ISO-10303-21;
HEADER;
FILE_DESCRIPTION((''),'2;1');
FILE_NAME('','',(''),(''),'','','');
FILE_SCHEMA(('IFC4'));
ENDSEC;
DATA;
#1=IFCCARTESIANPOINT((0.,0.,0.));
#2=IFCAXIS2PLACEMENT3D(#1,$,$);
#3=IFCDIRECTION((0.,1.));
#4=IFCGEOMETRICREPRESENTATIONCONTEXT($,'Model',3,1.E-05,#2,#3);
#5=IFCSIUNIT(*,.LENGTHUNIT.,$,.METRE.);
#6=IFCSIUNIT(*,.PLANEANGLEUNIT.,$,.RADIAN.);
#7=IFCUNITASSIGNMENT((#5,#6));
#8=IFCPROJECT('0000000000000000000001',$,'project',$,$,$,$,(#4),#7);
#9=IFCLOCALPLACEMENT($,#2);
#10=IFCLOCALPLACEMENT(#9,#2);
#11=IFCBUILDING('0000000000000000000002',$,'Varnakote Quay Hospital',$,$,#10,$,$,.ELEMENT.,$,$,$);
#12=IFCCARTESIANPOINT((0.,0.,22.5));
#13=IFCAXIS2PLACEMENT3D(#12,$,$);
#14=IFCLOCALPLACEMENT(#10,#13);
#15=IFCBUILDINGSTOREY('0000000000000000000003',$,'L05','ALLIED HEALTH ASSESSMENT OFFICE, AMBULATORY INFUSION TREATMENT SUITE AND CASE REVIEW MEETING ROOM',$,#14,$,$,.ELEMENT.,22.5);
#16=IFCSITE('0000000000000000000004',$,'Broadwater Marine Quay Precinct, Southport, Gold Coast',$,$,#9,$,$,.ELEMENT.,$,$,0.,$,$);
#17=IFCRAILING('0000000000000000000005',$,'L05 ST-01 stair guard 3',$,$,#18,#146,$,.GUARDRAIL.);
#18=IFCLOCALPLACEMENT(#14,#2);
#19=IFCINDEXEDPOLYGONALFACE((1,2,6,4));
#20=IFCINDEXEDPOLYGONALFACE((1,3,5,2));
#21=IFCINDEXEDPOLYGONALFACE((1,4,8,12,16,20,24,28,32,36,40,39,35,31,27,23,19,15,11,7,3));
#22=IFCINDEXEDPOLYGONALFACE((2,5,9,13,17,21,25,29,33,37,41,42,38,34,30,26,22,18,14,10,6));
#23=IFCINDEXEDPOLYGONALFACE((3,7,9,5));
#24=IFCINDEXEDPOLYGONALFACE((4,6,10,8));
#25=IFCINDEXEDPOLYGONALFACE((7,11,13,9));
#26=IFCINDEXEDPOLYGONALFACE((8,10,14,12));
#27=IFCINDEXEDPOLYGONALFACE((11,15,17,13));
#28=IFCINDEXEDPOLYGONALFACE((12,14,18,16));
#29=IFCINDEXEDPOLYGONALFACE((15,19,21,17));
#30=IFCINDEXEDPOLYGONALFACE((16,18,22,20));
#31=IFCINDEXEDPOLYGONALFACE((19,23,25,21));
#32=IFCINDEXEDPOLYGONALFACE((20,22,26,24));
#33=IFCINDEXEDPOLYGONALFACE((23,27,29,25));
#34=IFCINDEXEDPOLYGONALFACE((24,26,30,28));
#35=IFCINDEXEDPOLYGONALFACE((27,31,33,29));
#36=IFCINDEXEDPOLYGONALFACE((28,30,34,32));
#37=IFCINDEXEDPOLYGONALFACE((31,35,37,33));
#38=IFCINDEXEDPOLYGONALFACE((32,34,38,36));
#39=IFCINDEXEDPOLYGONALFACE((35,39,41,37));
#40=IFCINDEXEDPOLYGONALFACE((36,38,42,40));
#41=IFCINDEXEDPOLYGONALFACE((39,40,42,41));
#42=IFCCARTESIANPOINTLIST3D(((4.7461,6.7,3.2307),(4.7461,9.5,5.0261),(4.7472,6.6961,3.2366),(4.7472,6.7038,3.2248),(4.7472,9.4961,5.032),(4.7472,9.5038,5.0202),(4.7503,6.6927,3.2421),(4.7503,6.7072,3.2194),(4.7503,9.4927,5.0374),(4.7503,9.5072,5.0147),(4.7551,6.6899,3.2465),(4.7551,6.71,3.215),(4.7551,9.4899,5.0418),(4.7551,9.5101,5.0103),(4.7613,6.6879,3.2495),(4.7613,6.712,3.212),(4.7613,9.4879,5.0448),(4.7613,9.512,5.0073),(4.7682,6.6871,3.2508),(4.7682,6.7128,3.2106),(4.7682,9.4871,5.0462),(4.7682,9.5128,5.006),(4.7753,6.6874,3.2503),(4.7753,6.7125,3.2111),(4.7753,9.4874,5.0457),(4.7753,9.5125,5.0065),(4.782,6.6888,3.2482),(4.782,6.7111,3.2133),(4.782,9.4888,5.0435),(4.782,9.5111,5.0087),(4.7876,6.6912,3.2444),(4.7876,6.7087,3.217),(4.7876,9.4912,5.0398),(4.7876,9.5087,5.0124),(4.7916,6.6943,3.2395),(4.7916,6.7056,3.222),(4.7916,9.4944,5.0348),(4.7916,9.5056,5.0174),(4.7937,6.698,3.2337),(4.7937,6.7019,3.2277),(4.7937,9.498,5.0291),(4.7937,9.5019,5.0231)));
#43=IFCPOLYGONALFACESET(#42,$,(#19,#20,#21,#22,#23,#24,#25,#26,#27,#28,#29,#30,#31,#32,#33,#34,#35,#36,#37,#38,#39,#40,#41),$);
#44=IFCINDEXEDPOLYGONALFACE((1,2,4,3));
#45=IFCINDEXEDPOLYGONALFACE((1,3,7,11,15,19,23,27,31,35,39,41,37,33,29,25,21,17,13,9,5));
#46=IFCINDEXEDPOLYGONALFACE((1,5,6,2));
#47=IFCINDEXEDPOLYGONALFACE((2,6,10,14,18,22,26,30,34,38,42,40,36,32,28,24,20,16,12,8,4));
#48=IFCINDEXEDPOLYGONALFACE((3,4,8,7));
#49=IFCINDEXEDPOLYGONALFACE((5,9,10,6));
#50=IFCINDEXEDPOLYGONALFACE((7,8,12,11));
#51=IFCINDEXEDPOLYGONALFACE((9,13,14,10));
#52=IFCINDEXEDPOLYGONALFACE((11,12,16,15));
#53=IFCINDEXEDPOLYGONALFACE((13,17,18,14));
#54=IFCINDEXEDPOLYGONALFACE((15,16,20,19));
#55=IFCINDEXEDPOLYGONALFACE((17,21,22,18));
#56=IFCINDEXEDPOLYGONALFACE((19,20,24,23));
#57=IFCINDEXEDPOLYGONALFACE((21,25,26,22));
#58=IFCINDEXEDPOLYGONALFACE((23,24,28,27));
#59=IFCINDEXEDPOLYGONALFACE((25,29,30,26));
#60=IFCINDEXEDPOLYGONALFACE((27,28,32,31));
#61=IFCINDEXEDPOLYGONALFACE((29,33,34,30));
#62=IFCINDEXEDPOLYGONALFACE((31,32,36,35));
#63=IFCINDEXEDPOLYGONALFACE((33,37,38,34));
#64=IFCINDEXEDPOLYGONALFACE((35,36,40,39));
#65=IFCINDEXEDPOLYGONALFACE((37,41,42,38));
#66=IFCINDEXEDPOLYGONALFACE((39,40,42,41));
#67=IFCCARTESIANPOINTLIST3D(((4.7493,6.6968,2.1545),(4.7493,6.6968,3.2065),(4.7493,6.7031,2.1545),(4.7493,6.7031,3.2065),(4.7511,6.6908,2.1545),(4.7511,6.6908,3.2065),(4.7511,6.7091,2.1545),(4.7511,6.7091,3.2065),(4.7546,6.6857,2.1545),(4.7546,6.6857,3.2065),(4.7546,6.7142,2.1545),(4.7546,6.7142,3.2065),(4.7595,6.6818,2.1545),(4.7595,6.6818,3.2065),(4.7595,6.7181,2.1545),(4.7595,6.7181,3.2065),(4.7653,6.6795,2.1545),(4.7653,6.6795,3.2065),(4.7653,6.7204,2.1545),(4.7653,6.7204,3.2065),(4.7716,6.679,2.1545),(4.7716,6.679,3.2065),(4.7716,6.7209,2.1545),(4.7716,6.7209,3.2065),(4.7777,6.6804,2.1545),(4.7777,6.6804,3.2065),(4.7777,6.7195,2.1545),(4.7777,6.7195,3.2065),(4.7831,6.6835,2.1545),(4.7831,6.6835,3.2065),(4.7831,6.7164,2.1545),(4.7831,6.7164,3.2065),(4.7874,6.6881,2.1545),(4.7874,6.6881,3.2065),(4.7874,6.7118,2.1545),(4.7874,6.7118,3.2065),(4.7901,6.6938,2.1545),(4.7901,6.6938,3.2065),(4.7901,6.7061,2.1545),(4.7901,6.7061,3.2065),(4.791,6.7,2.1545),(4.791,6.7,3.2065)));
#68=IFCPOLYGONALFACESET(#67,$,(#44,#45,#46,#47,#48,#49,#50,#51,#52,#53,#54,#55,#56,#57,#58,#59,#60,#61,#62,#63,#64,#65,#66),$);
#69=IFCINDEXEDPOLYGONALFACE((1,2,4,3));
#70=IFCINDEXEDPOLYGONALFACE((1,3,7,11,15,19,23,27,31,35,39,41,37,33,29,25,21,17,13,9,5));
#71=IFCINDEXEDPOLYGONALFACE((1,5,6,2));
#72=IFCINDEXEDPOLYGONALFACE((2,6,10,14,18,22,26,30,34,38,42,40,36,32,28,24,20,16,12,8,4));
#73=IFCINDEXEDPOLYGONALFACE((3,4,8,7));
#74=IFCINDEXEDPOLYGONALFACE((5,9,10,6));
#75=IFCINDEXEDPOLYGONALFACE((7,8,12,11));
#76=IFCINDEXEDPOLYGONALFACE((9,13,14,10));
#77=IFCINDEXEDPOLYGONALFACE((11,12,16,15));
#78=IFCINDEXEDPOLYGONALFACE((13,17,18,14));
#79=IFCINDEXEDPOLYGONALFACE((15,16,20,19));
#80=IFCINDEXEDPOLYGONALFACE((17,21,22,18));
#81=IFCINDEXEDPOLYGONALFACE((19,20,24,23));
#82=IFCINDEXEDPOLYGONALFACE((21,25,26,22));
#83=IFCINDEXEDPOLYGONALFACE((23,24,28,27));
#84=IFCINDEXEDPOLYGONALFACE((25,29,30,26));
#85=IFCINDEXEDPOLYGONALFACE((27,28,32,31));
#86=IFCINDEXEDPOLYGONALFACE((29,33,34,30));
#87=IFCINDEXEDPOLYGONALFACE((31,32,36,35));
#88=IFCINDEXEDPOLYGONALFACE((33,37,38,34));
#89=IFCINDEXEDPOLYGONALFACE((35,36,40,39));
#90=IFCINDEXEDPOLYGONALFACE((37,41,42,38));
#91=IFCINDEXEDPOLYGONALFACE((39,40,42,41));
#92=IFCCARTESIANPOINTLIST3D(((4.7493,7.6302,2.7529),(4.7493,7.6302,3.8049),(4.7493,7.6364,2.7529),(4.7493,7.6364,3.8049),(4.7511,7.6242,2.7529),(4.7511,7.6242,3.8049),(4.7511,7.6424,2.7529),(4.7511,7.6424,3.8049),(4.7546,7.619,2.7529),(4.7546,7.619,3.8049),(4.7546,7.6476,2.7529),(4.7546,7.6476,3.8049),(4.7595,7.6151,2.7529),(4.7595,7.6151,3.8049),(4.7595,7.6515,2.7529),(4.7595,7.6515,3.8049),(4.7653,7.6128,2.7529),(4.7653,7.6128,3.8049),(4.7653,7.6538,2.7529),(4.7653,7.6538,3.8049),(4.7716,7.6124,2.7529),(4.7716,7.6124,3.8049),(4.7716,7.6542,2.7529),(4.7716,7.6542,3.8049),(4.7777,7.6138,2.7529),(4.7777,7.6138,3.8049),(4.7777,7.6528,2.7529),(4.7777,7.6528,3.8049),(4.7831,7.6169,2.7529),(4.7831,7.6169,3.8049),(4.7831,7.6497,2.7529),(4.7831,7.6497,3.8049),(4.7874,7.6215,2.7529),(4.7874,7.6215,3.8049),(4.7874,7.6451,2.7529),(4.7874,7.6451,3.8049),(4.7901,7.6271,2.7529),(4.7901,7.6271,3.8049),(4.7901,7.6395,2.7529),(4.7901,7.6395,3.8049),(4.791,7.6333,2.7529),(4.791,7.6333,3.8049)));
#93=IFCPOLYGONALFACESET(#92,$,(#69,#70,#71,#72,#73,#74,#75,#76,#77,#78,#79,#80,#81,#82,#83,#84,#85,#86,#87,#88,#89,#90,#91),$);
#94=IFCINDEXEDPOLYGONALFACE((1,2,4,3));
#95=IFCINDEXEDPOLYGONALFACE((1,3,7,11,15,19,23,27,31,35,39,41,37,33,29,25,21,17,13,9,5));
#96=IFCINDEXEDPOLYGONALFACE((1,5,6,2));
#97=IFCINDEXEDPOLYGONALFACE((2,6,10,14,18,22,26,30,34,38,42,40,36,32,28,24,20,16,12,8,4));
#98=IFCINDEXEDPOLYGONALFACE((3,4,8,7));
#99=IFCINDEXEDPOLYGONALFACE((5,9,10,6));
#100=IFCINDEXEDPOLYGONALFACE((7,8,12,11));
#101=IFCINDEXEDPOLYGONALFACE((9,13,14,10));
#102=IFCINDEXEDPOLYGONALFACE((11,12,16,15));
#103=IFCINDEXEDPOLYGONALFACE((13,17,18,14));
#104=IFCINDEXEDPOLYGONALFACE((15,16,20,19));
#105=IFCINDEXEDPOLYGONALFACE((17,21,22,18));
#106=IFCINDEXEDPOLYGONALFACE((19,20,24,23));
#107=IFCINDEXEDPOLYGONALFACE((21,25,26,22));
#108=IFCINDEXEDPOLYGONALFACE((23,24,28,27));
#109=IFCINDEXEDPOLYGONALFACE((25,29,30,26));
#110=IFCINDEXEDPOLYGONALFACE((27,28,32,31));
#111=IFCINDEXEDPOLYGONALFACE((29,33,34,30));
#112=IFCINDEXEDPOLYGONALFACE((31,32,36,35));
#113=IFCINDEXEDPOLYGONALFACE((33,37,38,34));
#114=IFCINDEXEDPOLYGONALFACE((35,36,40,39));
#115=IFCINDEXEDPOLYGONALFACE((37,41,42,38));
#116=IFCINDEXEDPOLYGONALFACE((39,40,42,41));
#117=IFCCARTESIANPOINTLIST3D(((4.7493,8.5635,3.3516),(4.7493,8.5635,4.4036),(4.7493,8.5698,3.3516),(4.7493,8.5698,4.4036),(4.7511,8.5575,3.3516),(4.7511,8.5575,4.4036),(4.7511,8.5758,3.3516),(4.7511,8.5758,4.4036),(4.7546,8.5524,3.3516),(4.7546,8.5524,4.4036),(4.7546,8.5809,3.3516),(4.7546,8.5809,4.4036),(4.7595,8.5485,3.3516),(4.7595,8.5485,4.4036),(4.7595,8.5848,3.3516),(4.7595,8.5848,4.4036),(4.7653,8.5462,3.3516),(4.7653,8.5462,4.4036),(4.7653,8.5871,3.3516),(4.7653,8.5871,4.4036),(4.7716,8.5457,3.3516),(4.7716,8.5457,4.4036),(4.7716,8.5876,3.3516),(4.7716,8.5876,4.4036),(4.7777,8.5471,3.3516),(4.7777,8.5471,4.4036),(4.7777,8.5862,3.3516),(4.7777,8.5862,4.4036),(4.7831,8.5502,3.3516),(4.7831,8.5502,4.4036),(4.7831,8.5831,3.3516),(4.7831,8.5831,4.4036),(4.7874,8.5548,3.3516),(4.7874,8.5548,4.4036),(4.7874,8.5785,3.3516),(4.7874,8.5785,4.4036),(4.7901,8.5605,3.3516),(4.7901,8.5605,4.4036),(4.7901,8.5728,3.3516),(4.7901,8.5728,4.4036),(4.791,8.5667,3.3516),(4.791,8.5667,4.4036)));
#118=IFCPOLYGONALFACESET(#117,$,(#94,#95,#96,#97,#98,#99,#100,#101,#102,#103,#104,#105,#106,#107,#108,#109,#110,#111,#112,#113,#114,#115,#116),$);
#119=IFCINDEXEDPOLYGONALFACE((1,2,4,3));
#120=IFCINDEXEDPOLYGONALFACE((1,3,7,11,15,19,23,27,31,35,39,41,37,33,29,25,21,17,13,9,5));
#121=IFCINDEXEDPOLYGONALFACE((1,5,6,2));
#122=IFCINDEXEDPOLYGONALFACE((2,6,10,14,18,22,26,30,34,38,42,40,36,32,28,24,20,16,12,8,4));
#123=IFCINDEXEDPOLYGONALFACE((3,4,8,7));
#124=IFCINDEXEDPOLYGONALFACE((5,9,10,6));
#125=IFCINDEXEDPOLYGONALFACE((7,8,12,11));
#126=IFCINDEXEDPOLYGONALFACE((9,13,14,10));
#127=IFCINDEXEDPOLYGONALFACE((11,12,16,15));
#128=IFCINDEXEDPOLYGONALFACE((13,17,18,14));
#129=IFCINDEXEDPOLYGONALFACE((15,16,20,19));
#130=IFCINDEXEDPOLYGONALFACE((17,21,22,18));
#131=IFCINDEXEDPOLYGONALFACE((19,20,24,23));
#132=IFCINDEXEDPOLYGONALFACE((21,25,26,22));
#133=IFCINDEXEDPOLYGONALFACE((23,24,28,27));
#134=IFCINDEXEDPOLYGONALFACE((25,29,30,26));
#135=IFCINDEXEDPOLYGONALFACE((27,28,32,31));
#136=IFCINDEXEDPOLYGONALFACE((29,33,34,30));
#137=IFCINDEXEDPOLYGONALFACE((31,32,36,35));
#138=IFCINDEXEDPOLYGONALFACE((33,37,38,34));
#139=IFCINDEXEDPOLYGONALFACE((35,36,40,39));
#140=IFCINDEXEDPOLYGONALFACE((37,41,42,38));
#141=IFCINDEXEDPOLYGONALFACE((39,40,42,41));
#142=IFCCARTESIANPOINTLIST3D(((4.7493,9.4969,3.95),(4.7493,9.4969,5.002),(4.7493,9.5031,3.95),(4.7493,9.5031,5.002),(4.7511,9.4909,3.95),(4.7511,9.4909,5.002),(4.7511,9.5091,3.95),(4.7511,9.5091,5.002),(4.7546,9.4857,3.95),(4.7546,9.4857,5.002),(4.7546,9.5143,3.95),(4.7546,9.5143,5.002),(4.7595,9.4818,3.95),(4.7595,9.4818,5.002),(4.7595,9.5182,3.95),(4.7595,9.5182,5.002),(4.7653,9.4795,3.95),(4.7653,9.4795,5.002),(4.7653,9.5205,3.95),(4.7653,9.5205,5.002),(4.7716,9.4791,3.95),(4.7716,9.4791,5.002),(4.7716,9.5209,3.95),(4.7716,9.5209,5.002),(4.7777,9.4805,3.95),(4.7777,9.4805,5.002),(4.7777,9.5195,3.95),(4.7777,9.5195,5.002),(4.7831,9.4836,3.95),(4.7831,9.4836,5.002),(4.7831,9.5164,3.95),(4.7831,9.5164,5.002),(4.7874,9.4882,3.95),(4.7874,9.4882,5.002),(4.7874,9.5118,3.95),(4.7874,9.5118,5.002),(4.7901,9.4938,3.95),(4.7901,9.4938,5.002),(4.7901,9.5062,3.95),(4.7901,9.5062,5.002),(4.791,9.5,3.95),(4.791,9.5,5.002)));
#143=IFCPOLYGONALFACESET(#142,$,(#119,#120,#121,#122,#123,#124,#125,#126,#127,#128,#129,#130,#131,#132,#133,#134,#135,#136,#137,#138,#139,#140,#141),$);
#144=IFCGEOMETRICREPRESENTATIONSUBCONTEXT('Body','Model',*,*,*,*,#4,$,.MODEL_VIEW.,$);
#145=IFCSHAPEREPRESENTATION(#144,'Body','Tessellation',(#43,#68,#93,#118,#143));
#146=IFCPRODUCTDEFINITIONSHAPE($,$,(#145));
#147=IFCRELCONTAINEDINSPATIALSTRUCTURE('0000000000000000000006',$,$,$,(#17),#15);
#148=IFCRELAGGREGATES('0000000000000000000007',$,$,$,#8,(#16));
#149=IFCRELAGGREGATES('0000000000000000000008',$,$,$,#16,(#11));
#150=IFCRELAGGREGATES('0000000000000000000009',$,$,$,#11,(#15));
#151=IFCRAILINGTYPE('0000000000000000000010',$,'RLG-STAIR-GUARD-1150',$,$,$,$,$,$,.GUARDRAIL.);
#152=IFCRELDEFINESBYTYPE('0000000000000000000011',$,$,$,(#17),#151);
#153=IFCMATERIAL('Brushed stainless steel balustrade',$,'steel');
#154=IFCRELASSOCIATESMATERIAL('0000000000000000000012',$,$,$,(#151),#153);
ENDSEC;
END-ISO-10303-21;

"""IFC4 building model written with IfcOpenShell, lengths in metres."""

from ifc_helpers import new_model, si_unit, direction, frame, origin, origin_2d, place, context, subcontext, project, spatial, circle, extrude, material, type_object, element, save


model = new_model("IFC4")

# Units and contexts
model_context = context("Model", 3, precision=1e-05, world=origin(), true_north=direction((0.0, 1.0)))
body_context = subcontext(model_context, "Body", "Model", "MODEL_VIEW")
ifc_project = project(units=[si_unit("LENGTHUNIT", "METRE"), si_unit("PLANEANGLEUNIT", "RADIAN")], contexts=[model_context])

# Site, building, storey
site_placement = place(None, origin())
site = spatial("IfcSite", under=ifc_project, at=site_placement, Name="Broadwater Marine Quay Precinct, Southport, Gold Coast", CompositionType="ELEMENT", RefElevation=0.0)
building_placement = place(site_placement, origin())
building = spatial("IfcBuilding", under=site, at=building_placement, Name="Varnakote Quay Hospital", CompositionType="ELEMENT")
storey_placement = place(building_placement, frame((0.0, 0.0, 22.5)))
storey = spatial("IfcBuildingStorey", under=building, at=storey_placement, Name="L05", Description="ALLIED HEALTH ASSESSMENT OFFICE, AMBULATORY INFUSION TREATMENT SUITE AND CASE REVIEW MEETING ROOM", CompositionType="ELEMENT", Elevation=22.5)

# Railing
ifc_material_1 = material(Name="Brushed stainless steel balustrade", Category="steel")
railing_type_1 = type_object("IfcRailingType", Name="RLG-STAIR-GUARD-1150", PredefinedType="GUARDRAIL", material=ifc_material_1)
railing_1_placement = place(storey_placement, frame((4.77, 6.7, 2.1545)))
element("IfcRailing", 1, at=railing_1_placement, inside=storey, type_object=railing_type_1, Name="L05 ST-01 stair guard 3", PredefinedType="GUARDRAIL", context=body_context, shape_type="SweptSolid", body=[
    extrude(circle(Radius=0.0239, at=origin_2d()), frame((0.0, 0.0, 1.0762), z_axis=(0.0, 0.84181, 0.539774), x_axis=(-1.0, 0.0, 0.0)), (0.0, 0.0, 1.0), 3.3262),
    extrude(circle(Radius=0.021, at=origin_2d()), origin(), (0.0, 0.0, 1.0), 1.052),
    extrude(circle(Radius=0.021, at=origin_2d()), frame((0.0, 0.9333, 0.5984)), (0.0, 0.0, 1.0), 1.052),
    extrude(circle(Radius=0.021, at=origin_2d()), frame((0.0, 1.8667, 1.197)), (0.0, 0.0, 1.0), 1.052),
    extrude(circle(Radius=0.021, at=origin_2d()), frame((0.0, 2.8, 1.7954)), (0.0, 0.0, 1.0), 1.052),
])

save(model, "model.ifc")
